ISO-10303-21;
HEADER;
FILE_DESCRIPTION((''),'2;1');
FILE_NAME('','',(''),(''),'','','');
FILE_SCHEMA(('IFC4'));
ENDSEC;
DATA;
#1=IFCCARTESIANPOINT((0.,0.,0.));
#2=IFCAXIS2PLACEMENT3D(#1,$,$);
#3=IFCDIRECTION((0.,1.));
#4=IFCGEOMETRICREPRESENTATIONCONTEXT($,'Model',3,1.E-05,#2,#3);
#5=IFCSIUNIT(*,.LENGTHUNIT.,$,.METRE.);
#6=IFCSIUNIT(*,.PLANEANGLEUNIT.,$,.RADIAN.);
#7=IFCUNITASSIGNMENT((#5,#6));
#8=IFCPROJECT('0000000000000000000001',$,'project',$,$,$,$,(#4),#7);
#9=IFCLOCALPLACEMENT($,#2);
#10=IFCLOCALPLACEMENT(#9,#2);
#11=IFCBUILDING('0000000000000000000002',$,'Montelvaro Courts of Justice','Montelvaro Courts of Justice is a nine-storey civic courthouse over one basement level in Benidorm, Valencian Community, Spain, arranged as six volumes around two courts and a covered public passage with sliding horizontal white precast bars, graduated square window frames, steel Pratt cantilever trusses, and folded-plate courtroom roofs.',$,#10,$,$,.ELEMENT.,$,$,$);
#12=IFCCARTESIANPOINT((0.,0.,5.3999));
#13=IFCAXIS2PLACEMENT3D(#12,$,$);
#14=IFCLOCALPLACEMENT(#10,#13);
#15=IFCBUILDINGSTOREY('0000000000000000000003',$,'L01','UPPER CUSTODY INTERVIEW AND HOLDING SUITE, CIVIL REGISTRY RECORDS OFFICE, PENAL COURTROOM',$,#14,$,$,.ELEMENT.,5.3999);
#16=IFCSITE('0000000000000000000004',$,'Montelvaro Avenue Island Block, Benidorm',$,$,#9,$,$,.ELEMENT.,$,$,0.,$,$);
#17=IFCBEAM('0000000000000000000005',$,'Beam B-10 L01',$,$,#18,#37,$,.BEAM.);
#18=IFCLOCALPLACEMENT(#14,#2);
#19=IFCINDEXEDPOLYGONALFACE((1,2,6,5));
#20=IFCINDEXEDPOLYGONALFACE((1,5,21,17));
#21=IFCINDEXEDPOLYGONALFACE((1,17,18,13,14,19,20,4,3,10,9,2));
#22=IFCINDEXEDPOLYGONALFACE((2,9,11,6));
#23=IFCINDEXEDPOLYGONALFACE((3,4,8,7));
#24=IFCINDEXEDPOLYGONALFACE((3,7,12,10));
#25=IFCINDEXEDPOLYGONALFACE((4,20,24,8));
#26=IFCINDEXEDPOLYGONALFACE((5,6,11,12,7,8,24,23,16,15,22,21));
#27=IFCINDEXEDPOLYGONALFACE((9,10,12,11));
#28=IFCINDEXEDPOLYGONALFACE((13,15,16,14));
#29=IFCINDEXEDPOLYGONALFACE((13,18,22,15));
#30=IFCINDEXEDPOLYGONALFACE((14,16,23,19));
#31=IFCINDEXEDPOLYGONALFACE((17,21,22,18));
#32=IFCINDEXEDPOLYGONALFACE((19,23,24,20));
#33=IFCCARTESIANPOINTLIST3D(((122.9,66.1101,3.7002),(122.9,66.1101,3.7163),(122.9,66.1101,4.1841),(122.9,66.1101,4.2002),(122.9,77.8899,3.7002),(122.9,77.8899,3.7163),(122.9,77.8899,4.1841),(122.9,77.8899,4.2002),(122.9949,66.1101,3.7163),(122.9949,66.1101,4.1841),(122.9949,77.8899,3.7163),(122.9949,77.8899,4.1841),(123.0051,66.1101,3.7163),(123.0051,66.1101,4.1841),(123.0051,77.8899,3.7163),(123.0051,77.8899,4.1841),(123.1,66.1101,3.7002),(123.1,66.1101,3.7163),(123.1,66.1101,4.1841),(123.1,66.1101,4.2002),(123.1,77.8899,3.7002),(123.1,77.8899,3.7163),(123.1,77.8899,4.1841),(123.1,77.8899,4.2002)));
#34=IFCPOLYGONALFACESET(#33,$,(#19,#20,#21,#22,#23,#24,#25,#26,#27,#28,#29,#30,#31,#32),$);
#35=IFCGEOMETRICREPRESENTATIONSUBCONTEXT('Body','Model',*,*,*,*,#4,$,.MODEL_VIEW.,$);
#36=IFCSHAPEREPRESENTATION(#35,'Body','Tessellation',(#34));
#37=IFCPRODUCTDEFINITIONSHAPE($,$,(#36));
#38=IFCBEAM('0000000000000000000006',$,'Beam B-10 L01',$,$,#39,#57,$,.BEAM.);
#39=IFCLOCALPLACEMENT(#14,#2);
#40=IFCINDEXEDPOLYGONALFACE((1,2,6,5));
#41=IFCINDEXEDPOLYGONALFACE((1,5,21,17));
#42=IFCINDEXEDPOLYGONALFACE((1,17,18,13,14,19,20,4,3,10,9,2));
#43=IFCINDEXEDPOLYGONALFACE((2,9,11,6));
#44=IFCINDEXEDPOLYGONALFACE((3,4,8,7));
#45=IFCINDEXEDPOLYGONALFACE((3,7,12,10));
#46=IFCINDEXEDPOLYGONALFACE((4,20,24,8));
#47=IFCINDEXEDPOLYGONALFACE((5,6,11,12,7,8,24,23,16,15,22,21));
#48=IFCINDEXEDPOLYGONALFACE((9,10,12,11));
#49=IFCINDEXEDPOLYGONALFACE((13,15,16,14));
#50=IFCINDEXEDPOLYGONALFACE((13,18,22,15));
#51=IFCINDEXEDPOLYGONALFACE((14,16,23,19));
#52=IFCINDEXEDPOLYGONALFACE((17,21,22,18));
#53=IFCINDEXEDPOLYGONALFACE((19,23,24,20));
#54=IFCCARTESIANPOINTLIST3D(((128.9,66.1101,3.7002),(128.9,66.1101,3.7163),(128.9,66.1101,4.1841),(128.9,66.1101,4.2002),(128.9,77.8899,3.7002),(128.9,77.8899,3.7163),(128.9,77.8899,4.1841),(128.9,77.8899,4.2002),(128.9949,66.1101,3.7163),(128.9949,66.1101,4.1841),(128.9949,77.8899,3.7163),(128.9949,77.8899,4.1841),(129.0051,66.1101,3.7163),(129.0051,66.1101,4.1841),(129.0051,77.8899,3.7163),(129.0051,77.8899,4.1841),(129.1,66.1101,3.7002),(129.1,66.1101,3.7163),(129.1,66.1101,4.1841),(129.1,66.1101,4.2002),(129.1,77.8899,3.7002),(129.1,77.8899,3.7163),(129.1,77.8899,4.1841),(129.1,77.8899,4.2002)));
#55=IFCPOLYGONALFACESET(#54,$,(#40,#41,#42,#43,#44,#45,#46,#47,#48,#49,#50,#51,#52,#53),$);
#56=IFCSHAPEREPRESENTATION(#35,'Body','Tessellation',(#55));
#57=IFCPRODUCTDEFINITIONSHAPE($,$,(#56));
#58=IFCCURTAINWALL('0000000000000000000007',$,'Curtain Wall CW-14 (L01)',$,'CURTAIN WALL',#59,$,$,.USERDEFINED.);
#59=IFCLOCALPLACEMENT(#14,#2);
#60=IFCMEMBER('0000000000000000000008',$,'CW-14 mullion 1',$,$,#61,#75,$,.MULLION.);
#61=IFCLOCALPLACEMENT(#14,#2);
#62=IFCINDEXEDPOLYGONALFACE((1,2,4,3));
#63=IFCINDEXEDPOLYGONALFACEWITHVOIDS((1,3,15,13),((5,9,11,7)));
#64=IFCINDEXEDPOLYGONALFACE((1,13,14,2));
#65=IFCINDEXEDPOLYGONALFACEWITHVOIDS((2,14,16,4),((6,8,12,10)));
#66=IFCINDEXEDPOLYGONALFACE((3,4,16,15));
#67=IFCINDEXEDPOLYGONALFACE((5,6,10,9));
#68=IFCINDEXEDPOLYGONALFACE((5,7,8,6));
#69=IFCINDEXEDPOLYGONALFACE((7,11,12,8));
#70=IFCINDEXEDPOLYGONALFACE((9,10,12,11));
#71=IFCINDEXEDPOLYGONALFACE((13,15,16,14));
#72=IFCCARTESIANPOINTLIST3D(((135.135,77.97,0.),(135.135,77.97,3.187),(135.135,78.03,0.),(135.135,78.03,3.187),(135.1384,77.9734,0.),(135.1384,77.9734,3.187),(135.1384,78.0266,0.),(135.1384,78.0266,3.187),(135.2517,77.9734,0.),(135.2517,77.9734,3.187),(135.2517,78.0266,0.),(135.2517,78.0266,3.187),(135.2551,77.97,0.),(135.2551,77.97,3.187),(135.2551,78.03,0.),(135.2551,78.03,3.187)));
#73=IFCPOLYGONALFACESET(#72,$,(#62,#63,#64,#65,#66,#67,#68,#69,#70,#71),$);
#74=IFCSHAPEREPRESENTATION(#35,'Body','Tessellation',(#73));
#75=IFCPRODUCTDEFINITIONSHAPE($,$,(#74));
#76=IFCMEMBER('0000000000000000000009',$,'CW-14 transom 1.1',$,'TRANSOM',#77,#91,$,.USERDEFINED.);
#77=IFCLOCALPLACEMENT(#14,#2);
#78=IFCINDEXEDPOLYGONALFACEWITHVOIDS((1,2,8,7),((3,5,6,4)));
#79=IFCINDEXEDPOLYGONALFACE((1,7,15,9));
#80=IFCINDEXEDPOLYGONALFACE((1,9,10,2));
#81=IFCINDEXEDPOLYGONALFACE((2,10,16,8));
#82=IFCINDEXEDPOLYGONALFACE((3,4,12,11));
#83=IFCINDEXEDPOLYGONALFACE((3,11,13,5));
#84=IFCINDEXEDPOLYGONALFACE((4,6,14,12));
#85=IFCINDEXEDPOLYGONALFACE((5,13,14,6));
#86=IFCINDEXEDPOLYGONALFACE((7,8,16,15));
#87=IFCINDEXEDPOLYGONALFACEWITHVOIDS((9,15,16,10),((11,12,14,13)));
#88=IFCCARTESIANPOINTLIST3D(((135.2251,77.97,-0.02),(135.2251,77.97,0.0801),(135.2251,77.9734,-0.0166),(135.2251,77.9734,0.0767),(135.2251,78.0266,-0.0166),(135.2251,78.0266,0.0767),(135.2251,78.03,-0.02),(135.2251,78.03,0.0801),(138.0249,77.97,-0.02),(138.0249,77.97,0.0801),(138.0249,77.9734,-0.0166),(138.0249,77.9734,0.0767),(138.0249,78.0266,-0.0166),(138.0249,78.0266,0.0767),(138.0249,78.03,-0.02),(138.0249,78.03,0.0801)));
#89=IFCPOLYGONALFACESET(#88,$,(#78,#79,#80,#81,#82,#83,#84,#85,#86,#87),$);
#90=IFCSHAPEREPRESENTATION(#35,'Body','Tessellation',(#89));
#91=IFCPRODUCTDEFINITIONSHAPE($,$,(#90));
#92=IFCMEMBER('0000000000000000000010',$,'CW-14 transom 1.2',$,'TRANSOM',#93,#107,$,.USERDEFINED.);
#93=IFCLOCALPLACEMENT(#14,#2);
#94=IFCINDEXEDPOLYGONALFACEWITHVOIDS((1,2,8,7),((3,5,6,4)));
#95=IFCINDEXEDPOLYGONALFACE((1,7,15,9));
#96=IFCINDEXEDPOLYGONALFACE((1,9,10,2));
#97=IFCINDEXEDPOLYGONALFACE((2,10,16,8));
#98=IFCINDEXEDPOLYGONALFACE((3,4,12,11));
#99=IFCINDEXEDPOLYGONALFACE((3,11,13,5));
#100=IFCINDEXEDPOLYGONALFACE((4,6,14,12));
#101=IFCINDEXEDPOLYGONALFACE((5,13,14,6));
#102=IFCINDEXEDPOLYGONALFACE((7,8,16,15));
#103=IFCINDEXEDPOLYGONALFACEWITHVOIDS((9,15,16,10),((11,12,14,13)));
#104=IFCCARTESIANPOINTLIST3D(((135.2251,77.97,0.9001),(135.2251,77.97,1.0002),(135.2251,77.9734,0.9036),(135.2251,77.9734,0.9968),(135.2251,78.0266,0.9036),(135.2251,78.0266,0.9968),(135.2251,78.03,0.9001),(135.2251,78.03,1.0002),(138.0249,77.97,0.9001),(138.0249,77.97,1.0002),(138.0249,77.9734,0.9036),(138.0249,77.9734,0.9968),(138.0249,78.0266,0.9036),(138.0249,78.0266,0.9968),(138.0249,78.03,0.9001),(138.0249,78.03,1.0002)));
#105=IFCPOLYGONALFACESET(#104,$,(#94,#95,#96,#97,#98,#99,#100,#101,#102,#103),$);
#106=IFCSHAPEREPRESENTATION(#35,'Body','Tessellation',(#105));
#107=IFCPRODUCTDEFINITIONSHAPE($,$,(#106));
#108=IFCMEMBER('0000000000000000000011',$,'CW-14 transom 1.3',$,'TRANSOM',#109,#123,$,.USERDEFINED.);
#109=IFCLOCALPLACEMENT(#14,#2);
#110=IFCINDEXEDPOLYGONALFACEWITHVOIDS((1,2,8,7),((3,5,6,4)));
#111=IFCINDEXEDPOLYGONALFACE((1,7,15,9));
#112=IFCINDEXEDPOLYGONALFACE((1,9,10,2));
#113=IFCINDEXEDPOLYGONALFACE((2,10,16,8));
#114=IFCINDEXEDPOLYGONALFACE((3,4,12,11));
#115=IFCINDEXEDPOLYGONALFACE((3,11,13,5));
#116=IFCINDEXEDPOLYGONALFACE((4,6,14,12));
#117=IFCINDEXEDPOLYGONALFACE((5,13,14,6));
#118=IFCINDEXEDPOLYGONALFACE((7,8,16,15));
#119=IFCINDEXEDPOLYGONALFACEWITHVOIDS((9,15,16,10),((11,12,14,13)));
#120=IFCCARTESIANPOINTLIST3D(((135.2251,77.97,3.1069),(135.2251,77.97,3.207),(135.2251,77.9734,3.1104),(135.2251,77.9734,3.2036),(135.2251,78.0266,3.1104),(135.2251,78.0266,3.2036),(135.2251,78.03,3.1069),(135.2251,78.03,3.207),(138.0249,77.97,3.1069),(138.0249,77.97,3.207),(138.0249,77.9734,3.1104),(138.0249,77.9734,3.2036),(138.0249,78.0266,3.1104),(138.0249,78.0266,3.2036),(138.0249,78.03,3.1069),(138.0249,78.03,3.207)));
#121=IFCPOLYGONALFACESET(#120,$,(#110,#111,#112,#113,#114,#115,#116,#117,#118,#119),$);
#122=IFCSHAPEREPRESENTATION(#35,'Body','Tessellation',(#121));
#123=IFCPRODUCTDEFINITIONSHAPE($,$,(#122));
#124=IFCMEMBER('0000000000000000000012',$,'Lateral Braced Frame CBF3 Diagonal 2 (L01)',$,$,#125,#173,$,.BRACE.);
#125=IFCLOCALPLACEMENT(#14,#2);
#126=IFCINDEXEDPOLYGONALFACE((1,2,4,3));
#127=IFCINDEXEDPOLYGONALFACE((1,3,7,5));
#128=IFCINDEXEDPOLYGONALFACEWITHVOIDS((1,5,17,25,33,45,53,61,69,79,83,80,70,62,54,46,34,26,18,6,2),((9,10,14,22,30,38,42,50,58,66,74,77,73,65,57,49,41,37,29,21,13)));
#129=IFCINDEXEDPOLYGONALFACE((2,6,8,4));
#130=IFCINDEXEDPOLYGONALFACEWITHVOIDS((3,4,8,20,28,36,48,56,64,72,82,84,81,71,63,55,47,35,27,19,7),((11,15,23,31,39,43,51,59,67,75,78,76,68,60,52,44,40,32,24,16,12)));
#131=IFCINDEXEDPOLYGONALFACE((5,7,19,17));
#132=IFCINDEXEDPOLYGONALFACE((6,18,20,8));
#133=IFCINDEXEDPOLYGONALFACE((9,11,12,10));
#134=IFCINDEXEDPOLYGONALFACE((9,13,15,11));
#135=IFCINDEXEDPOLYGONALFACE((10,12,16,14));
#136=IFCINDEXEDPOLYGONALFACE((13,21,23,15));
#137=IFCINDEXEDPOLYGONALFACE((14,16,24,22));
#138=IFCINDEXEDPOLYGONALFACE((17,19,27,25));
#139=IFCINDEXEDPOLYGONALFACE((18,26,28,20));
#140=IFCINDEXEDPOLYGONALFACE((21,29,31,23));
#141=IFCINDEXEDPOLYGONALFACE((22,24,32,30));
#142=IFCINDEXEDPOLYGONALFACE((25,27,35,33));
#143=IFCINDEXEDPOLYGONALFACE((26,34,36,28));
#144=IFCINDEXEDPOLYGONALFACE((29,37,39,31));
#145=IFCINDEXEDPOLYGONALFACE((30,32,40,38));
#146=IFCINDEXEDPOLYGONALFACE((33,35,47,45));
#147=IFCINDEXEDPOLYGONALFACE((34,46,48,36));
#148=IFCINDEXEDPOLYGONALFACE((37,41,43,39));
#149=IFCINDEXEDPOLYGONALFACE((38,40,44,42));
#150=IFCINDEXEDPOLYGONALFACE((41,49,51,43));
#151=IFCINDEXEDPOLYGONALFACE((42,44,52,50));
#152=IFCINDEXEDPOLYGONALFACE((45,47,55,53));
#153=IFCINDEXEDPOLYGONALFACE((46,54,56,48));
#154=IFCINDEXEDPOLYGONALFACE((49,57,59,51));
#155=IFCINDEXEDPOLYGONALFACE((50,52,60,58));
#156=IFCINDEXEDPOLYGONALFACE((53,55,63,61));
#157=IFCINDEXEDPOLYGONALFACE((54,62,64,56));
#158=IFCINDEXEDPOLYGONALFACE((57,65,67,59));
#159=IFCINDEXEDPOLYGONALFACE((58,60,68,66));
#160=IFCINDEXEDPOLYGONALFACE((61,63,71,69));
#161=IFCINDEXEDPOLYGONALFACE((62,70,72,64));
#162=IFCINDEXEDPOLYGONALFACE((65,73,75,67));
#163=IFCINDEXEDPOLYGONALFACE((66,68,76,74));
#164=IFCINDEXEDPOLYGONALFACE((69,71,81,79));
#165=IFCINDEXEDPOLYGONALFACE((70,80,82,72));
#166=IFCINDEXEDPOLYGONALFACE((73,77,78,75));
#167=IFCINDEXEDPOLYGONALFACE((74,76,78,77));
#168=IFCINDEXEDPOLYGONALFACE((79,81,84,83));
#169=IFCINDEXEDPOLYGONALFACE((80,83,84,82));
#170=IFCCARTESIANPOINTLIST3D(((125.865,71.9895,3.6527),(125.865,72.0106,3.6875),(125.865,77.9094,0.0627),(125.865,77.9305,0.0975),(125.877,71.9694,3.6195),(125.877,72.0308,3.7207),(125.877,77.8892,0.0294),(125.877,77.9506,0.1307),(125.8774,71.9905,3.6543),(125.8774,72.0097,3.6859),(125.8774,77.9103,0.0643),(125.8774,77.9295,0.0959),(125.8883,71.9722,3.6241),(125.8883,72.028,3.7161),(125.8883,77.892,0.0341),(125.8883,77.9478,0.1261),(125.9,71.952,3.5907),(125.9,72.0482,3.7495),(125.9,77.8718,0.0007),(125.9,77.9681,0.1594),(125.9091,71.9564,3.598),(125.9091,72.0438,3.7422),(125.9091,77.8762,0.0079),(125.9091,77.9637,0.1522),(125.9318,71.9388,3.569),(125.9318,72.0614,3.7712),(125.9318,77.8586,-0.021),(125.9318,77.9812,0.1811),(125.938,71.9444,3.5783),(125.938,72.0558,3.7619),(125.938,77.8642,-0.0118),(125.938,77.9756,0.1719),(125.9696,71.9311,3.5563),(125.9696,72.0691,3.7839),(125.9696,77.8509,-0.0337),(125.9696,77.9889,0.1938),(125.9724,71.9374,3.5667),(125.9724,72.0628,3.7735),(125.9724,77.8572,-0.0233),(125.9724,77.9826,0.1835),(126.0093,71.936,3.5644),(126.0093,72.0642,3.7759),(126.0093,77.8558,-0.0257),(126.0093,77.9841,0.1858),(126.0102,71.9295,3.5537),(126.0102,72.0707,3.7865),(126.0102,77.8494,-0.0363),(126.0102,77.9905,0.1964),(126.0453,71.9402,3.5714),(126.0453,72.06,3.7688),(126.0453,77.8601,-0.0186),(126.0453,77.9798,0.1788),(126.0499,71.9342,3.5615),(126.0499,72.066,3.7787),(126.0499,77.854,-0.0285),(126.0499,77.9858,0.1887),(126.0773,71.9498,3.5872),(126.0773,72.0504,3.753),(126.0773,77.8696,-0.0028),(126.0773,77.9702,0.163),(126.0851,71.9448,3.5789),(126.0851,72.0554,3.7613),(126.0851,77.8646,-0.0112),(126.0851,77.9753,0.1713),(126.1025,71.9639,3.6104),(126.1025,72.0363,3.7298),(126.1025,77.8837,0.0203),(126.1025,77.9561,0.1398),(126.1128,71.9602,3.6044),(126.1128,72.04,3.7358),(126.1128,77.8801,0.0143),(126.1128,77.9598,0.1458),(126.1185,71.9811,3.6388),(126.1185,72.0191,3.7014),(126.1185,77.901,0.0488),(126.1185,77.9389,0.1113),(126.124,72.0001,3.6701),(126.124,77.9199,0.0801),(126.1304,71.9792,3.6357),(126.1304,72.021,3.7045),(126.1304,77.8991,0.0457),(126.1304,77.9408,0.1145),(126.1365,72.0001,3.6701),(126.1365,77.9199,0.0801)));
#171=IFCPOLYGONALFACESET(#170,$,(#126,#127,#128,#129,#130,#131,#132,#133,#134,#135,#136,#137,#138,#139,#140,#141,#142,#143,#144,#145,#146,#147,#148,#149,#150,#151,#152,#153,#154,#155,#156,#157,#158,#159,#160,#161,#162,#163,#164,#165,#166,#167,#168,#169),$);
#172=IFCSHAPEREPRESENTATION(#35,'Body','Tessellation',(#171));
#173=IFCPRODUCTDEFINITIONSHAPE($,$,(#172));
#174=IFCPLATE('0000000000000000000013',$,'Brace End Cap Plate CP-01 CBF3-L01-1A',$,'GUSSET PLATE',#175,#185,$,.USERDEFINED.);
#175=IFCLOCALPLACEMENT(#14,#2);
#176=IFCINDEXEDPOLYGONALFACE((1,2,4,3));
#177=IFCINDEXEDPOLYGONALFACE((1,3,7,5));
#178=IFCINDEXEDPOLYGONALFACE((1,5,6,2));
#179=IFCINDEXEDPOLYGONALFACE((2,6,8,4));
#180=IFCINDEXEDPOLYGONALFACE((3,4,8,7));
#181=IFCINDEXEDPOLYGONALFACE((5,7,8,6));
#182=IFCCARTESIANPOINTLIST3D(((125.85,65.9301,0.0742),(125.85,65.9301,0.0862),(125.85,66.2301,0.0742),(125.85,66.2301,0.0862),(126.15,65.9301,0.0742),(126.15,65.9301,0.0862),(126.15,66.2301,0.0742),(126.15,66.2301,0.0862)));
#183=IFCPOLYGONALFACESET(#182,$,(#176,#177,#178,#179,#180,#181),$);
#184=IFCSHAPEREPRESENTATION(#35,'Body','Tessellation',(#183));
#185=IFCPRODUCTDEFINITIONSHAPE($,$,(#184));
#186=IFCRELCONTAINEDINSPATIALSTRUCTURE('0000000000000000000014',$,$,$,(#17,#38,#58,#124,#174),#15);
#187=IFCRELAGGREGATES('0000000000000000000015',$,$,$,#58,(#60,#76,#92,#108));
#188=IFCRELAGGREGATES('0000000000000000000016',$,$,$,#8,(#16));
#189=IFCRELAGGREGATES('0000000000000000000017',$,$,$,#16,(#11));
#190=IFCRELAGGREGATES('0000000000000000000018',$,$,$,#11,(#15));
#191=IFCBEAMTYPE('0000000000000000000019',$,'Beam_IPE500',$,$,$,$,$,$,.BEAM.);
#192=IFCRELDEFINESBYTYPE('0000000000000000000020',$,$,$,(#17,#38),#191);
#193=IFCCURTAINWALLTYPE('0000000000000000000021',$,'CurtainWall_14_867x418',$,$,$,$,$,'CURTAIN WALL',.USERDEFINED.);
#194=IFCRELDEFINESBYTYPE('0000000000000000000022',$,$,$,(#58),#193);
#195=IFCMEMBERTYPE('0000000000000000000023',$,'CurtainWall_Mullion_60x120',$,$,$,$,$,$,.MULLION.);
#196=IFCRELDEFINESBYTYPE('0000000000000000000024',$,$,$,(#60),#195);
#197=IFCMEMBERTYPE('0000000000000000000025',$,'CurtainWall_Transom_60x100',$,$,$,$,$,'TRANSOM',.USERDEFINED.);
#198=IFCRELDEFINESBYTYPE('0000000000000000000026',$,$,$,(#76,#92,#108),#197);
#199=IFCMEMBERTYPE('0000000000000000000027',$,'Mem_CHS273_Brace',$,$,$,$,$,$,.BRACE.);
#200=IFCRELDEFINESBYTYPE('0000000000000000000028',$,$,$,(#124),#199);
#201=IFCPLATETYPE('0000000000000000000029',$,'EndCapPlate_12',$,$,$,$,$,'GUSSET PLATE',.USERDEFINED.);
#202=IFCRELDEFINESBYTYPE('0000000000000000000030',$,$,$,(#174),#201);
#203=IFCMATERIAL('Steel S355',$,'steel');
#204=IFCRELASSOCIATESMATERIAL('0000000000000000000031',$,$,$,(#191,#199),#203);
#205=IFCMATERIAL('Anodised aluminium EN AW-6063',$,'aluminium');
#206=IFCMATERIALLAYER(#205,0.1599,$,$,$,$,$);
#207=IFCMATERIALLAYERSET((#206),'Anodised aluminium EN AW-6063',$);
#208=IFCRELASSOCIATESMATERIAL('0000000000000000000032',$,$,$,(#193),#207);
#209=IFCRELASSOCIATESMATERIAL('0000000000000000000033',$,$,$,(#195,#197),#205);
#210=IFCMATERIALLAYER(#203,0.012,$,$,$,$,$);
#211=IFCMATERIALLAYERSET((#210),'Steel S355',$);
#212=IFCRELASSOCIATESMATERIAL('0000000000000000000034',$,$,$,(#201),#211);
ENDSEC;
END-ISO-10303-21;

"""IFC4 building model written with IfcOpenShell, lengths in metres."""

from ifc_helpers import new_model, si_unit, direction, frame, origin, origin_2d, place, context, subcontext, project, spatial, rectangle, hollow_rectangle, hollow_circle, i_section, extrude, material, layer, layer_set, material_profile, profile_set, type_object, element, aggregate, save


model = new_model("IFC4")

# Units and contexts
model_context = context("Model", 3, precision=1e-05, world=origin(), true_north=direction((0.0, 1.0)))
body_context = subcontext(model_context, "Body", "Model", "MODEL_VIEW")
ifc_project = project(units=[si_unit("LENGTHUNIT", "METRE"), si_unit("PLANEANGLEUNIT", "RADIAN")], contexts=[model_context])

# Site, building, storey
site_placement = place(None, origin())
site = spatial("IfcSite", under=ifc_project, at=site_placement, Name="Montelvaro Avenue Island Block, Benidorm", CompositionType="ELEMENT", RefElevation=0.0)
building_placement = place(site_placement, origin())
building = spatial("IfcBuilding", under=site, at=building_placement, Name="Montelvaro Courts of Justice", Description="Montelvaro Courts of Justice is a nine-storey civic courthouse over one basement level in Benidorm, Valencian Community, Spain, arranged as six volumes around two courts and a covered public passage with sliding horizontal white precast bars, graduated square window frames, steel Pratt cantilever trusses, and folded-plate courtroom roofs.", CompositionType="ELEMENT")
storey_placement = place(building_placement, frame((0.0, 0.0, 5.3999)))
storey = spatial("IfcBuildingStorey", under=building, at=storey_placement, Name="L01", Description="UPPER CUSTODY INTERVIEW AND HOLDING SUITE, CIVIL REGISTRY RECORDS OFFICE, PENAL COURTROOM", CompositionType="ELEMENT", Elevation=5.3999)

# Shared definitions
ifc_material_1 = material(Name="Steel S355", Category="steel")

# Beams
ifc_material_profile_1 = material_profile(ifc_material_1, i_section(OverallWidth=0.2, OverallDepth=0.5, WebThickness=0.0103, FlangeThickness=0.0161, at=origin_2d()), Name="IPE 500")
ifc_profile_set_1 = profile_set([ifc_material_profile_1], Name="Steel S355")
beam_type_1 = type_object("IfcBeamType", Name="Beam_IPE500", PredefinedType="BEAM", material=ifc_profile_set_1)
for number, where, z_axis, x_axis, name in (
    (1, (123.0, 66.1101, 3.9502), (0.0, 1.0, 0.0), (-1.0, 0.0, 0.0), "Beam B-10 L01"),
    (2, (129.0, 66.1101, 3.9502), (0.0, 1.0, 0.0), (-1.0, 0.0, 0.0), "Beam B-10 L01"),
):
    element("IfcBeam", number, at=place(storey_placement, frame(where, z_axis=z_axis, x_axis=x_axis)), inside=storey, type_object=beam_type_1, Name=name, PredefinedType="BEAM", context=body_context, shape_type="SweptSolid", body=[
        extrude(i_section(OverallWidth=0.2, OverallDepth=0.5, WebThickness=0.0103, FlangeThickness=0.0161, at=origin_2d()), origin(), (0.0, 0.0, 1.0), 11.7798),
    ])

# Curtain wall, members
ifc_material_2 = material(Name="Anodised aluminium EN AW-6063", Category="aluminium")
ifc_layer_1 = layer(ifc_material_2, 0.1599)
ifc_layer_set_1 = layer_set([ifc_layer_1], Name="Anodised aluminium EN AW-6063")
curtain_wall_type = type_object("IfcCurtainWallType", Name="CurtainWall_14_867x418", ElementType="CURTAIN WALL", PredefinedType="USERDEFINED", material=ifc_layer_set_1)
curtain_wall_placement = place(storey_placement, origin())
curtain_wall = element("IfcCurtainWall", 3, at=curtain_wall_placement, inside=storey, type_object=curtain_wall_type, Name="Curtain Wall CW-14 (L01)", ObjectType="CURTAIN WALL", PredefinedType="USERDEFINED")
ifc_material_profile_2 = material_profile(ifc_material_2, hollow_rectangle(XDim=0.0601, YDim=0.1201, WallThickness=0.0034, at=origin_2d()), Name="ALU-M 60x120")
ifc_profile_set_2 = profile_set([ifc_material_profile_2], Name="Anodised aluminium EN AW-6063")
member_type_1 = type_object("IfcMemberType", Name="CurtainWall_Mullion_60x120", PredefinedType="MULLION", material=ifc_profile_set_2)
member_1_placement = place(storey_placement, frame((135.1951, 78.0, 0.0), z_axis=(0.0, 0.0, 1.0), x_axis=(0.0, 1.0, 0.0)))
member_1 = element("IfcMember", 4, at=member_1_placement, type_object=member_type_1, Name="CW-14 mullion 1", PredefinedType="MULLION", context=body_context, shape_type="SweptSolid", body=[
    extrude(hollow_rectangle(XDim=0.0601, YDim=0.1201, WallThickness=0.0034, at=origin_2d()), origin(), (0.0, 0.0, 1.0), 3.187),
])
ifc_material_profile_3 = material_profile(ifc_material_2, hollow_rectangle(XDim=0.0601, YDim=0.1001, WallThickness=0.0034, at=origin_2d()), Name="ALU-T 60x100")
ifc_profile_set_3 = profile_set([ifc_material_profile_3], Name="Anodised aluminium EN AW-6063")
member_type_2 = type_object("IfcMemberType", Name="CurtainWall_Transom_60x100", ElementType="TRANSOM", PredefinedType="USERDEFINED", material=ifc_profile_set_3)
member_2_placement = place(storey_placement, frame((135.2251, 78.0, 0.03), z_axis=(1.0, 0.0, 0.0), x_axis=(0.0, 1.0, 0.0)))
member_2 = element("IfcMember", 5, at=member_2_placement, type_object=member_type_2, Name="CW-14 transom 1.1", ObjectType="TRANSOM", PredefinedType="USERDEFINED", context=body_context, shape_type="SweptSolid", body=[
    extrude(hollow_rectangle(XDim=0.0601, YDim=0.1001, WallThickness=0.0034, at=origin_2d()), origin(), (0.0, 0.0, 1.0), 2.7998),
])
member_3_placement = place(storey_placement, frame((135.2251, 78.0, 0.9502), z_axis=(1.0, 0.0, 0.0), x_axis=(0.0, 1.0, 0.0)))
member_3 = element("IfcMember", 6, at=member_3_placement, type_object=member_type_2, Name="CW-14 transom 1.2", ObjectType="TRANSOM", PredefinedType="USERDEFINED", context=body_context, shape_type="SweptSolid", body=[
    extrude(hollow_rectangle(XDim=0.0601, YDim=0.1001, WallThickness=0.0034, at=origin_2d()), origin(), (0.0, 0.0, 1.0), 2.7998),
])
member_4_placement = place(storey_placement, frame((135.2251, 78.0, 3.157), z_axis=(1.0, 0.0, 0.0), x_axis=(0.0, 1.0, 0.0)))
member_4 = element("IfcMember", 7, at=member_4_placement, type_object=member_type_2, Name="CW-14 transom 1.3", ObjectType="TRANSOM", PredefinedType="USERDEFINED", context=body_context, shape_type="SweptSolid", body=[
    extrude(hollow_rectangle(XDim=0.0601, YDim=0.1001, WallThickness=0.0034, at=origin_2d()), origin(), (0.0, 0.0, 1.0), 2.7998),
])
aggregate(curtain_wall, [member_1, member_2, member_3, member_4])

# Member
ifc_material_profile_4 = material_profile(ifc_material_1, hollow_circle(Radius=0.1365, WallThickness=0.0125, at=origin_2d()), Name="CHS 273x12.5")
ifc_profile_set_4 = profile_set([ifc_material_profile_4], Name="Steel S355")
member_type_3 = type_object("IfcMemberType", Name="Mem_CHS273_Brace", PredefinedType="BRACE", material=ifc_profile_set_4)
member_5_placement = place(storey_placement, frame((126.0, 77.9199, 0.0801), z_axis=(0.0, -0.855053, 0.51854), x_axis=(1.0, 0.0, 0.0)))
element("IfcMember", 8, at=member_5_placement, inside=storey, type_object=member_type_3, Name="Lateral Braced Frame CBF3 Diagonal 2 (L01)", PredefinedType="BRACE", context=body_context, shape_type="SweptSolid", body=[
    extrude(hollow_circle(Radius=0.1365, WallThickness=0.0125, at=origin_2d()), origin(), (0.0, 0.0, 1.0), 6.9233),
])

# Plate
ifc_layer_2 = layer(ifc_material_1, 0.012)
ifc_layer_set_2 = layer_set([ifc_layer_2], Name="Steel S355")
plate_type_1 = type_object("IfcPlateType", Name="EndCapPlate_12", ElementType="GUSSET PLATE", PredefinedType="USERDEFINED", material=ifc_layer_set_2)
for number, where, z_axis, x_axis, name in (
    (9, (126.0, 66.0801, 0.0742), (0.0, 0.0, 1.0), (1.0, 0.0, 0.0), "Brace End Cap Plate CP-01 CBF3-L01-1A"),
):
    element("IfcPlate", number, at=place(storey_placement, frame(where, z_axis=z_axis, x_axis=x_axis)), inside=storey, type_object=plate_type_1, Name=name, ObjectType="GUSSET PLATE", PredefinedType="USERDEFINED", context=body_context, shape_type="SweptSolid", body=[
        extrude(rectangle(XDim=0.3, YDim=0.3, at=origin_2d()), origin(), (0.0, 0.0, 1.0), 0.012),
    ])

save(model, "model.ifc")
